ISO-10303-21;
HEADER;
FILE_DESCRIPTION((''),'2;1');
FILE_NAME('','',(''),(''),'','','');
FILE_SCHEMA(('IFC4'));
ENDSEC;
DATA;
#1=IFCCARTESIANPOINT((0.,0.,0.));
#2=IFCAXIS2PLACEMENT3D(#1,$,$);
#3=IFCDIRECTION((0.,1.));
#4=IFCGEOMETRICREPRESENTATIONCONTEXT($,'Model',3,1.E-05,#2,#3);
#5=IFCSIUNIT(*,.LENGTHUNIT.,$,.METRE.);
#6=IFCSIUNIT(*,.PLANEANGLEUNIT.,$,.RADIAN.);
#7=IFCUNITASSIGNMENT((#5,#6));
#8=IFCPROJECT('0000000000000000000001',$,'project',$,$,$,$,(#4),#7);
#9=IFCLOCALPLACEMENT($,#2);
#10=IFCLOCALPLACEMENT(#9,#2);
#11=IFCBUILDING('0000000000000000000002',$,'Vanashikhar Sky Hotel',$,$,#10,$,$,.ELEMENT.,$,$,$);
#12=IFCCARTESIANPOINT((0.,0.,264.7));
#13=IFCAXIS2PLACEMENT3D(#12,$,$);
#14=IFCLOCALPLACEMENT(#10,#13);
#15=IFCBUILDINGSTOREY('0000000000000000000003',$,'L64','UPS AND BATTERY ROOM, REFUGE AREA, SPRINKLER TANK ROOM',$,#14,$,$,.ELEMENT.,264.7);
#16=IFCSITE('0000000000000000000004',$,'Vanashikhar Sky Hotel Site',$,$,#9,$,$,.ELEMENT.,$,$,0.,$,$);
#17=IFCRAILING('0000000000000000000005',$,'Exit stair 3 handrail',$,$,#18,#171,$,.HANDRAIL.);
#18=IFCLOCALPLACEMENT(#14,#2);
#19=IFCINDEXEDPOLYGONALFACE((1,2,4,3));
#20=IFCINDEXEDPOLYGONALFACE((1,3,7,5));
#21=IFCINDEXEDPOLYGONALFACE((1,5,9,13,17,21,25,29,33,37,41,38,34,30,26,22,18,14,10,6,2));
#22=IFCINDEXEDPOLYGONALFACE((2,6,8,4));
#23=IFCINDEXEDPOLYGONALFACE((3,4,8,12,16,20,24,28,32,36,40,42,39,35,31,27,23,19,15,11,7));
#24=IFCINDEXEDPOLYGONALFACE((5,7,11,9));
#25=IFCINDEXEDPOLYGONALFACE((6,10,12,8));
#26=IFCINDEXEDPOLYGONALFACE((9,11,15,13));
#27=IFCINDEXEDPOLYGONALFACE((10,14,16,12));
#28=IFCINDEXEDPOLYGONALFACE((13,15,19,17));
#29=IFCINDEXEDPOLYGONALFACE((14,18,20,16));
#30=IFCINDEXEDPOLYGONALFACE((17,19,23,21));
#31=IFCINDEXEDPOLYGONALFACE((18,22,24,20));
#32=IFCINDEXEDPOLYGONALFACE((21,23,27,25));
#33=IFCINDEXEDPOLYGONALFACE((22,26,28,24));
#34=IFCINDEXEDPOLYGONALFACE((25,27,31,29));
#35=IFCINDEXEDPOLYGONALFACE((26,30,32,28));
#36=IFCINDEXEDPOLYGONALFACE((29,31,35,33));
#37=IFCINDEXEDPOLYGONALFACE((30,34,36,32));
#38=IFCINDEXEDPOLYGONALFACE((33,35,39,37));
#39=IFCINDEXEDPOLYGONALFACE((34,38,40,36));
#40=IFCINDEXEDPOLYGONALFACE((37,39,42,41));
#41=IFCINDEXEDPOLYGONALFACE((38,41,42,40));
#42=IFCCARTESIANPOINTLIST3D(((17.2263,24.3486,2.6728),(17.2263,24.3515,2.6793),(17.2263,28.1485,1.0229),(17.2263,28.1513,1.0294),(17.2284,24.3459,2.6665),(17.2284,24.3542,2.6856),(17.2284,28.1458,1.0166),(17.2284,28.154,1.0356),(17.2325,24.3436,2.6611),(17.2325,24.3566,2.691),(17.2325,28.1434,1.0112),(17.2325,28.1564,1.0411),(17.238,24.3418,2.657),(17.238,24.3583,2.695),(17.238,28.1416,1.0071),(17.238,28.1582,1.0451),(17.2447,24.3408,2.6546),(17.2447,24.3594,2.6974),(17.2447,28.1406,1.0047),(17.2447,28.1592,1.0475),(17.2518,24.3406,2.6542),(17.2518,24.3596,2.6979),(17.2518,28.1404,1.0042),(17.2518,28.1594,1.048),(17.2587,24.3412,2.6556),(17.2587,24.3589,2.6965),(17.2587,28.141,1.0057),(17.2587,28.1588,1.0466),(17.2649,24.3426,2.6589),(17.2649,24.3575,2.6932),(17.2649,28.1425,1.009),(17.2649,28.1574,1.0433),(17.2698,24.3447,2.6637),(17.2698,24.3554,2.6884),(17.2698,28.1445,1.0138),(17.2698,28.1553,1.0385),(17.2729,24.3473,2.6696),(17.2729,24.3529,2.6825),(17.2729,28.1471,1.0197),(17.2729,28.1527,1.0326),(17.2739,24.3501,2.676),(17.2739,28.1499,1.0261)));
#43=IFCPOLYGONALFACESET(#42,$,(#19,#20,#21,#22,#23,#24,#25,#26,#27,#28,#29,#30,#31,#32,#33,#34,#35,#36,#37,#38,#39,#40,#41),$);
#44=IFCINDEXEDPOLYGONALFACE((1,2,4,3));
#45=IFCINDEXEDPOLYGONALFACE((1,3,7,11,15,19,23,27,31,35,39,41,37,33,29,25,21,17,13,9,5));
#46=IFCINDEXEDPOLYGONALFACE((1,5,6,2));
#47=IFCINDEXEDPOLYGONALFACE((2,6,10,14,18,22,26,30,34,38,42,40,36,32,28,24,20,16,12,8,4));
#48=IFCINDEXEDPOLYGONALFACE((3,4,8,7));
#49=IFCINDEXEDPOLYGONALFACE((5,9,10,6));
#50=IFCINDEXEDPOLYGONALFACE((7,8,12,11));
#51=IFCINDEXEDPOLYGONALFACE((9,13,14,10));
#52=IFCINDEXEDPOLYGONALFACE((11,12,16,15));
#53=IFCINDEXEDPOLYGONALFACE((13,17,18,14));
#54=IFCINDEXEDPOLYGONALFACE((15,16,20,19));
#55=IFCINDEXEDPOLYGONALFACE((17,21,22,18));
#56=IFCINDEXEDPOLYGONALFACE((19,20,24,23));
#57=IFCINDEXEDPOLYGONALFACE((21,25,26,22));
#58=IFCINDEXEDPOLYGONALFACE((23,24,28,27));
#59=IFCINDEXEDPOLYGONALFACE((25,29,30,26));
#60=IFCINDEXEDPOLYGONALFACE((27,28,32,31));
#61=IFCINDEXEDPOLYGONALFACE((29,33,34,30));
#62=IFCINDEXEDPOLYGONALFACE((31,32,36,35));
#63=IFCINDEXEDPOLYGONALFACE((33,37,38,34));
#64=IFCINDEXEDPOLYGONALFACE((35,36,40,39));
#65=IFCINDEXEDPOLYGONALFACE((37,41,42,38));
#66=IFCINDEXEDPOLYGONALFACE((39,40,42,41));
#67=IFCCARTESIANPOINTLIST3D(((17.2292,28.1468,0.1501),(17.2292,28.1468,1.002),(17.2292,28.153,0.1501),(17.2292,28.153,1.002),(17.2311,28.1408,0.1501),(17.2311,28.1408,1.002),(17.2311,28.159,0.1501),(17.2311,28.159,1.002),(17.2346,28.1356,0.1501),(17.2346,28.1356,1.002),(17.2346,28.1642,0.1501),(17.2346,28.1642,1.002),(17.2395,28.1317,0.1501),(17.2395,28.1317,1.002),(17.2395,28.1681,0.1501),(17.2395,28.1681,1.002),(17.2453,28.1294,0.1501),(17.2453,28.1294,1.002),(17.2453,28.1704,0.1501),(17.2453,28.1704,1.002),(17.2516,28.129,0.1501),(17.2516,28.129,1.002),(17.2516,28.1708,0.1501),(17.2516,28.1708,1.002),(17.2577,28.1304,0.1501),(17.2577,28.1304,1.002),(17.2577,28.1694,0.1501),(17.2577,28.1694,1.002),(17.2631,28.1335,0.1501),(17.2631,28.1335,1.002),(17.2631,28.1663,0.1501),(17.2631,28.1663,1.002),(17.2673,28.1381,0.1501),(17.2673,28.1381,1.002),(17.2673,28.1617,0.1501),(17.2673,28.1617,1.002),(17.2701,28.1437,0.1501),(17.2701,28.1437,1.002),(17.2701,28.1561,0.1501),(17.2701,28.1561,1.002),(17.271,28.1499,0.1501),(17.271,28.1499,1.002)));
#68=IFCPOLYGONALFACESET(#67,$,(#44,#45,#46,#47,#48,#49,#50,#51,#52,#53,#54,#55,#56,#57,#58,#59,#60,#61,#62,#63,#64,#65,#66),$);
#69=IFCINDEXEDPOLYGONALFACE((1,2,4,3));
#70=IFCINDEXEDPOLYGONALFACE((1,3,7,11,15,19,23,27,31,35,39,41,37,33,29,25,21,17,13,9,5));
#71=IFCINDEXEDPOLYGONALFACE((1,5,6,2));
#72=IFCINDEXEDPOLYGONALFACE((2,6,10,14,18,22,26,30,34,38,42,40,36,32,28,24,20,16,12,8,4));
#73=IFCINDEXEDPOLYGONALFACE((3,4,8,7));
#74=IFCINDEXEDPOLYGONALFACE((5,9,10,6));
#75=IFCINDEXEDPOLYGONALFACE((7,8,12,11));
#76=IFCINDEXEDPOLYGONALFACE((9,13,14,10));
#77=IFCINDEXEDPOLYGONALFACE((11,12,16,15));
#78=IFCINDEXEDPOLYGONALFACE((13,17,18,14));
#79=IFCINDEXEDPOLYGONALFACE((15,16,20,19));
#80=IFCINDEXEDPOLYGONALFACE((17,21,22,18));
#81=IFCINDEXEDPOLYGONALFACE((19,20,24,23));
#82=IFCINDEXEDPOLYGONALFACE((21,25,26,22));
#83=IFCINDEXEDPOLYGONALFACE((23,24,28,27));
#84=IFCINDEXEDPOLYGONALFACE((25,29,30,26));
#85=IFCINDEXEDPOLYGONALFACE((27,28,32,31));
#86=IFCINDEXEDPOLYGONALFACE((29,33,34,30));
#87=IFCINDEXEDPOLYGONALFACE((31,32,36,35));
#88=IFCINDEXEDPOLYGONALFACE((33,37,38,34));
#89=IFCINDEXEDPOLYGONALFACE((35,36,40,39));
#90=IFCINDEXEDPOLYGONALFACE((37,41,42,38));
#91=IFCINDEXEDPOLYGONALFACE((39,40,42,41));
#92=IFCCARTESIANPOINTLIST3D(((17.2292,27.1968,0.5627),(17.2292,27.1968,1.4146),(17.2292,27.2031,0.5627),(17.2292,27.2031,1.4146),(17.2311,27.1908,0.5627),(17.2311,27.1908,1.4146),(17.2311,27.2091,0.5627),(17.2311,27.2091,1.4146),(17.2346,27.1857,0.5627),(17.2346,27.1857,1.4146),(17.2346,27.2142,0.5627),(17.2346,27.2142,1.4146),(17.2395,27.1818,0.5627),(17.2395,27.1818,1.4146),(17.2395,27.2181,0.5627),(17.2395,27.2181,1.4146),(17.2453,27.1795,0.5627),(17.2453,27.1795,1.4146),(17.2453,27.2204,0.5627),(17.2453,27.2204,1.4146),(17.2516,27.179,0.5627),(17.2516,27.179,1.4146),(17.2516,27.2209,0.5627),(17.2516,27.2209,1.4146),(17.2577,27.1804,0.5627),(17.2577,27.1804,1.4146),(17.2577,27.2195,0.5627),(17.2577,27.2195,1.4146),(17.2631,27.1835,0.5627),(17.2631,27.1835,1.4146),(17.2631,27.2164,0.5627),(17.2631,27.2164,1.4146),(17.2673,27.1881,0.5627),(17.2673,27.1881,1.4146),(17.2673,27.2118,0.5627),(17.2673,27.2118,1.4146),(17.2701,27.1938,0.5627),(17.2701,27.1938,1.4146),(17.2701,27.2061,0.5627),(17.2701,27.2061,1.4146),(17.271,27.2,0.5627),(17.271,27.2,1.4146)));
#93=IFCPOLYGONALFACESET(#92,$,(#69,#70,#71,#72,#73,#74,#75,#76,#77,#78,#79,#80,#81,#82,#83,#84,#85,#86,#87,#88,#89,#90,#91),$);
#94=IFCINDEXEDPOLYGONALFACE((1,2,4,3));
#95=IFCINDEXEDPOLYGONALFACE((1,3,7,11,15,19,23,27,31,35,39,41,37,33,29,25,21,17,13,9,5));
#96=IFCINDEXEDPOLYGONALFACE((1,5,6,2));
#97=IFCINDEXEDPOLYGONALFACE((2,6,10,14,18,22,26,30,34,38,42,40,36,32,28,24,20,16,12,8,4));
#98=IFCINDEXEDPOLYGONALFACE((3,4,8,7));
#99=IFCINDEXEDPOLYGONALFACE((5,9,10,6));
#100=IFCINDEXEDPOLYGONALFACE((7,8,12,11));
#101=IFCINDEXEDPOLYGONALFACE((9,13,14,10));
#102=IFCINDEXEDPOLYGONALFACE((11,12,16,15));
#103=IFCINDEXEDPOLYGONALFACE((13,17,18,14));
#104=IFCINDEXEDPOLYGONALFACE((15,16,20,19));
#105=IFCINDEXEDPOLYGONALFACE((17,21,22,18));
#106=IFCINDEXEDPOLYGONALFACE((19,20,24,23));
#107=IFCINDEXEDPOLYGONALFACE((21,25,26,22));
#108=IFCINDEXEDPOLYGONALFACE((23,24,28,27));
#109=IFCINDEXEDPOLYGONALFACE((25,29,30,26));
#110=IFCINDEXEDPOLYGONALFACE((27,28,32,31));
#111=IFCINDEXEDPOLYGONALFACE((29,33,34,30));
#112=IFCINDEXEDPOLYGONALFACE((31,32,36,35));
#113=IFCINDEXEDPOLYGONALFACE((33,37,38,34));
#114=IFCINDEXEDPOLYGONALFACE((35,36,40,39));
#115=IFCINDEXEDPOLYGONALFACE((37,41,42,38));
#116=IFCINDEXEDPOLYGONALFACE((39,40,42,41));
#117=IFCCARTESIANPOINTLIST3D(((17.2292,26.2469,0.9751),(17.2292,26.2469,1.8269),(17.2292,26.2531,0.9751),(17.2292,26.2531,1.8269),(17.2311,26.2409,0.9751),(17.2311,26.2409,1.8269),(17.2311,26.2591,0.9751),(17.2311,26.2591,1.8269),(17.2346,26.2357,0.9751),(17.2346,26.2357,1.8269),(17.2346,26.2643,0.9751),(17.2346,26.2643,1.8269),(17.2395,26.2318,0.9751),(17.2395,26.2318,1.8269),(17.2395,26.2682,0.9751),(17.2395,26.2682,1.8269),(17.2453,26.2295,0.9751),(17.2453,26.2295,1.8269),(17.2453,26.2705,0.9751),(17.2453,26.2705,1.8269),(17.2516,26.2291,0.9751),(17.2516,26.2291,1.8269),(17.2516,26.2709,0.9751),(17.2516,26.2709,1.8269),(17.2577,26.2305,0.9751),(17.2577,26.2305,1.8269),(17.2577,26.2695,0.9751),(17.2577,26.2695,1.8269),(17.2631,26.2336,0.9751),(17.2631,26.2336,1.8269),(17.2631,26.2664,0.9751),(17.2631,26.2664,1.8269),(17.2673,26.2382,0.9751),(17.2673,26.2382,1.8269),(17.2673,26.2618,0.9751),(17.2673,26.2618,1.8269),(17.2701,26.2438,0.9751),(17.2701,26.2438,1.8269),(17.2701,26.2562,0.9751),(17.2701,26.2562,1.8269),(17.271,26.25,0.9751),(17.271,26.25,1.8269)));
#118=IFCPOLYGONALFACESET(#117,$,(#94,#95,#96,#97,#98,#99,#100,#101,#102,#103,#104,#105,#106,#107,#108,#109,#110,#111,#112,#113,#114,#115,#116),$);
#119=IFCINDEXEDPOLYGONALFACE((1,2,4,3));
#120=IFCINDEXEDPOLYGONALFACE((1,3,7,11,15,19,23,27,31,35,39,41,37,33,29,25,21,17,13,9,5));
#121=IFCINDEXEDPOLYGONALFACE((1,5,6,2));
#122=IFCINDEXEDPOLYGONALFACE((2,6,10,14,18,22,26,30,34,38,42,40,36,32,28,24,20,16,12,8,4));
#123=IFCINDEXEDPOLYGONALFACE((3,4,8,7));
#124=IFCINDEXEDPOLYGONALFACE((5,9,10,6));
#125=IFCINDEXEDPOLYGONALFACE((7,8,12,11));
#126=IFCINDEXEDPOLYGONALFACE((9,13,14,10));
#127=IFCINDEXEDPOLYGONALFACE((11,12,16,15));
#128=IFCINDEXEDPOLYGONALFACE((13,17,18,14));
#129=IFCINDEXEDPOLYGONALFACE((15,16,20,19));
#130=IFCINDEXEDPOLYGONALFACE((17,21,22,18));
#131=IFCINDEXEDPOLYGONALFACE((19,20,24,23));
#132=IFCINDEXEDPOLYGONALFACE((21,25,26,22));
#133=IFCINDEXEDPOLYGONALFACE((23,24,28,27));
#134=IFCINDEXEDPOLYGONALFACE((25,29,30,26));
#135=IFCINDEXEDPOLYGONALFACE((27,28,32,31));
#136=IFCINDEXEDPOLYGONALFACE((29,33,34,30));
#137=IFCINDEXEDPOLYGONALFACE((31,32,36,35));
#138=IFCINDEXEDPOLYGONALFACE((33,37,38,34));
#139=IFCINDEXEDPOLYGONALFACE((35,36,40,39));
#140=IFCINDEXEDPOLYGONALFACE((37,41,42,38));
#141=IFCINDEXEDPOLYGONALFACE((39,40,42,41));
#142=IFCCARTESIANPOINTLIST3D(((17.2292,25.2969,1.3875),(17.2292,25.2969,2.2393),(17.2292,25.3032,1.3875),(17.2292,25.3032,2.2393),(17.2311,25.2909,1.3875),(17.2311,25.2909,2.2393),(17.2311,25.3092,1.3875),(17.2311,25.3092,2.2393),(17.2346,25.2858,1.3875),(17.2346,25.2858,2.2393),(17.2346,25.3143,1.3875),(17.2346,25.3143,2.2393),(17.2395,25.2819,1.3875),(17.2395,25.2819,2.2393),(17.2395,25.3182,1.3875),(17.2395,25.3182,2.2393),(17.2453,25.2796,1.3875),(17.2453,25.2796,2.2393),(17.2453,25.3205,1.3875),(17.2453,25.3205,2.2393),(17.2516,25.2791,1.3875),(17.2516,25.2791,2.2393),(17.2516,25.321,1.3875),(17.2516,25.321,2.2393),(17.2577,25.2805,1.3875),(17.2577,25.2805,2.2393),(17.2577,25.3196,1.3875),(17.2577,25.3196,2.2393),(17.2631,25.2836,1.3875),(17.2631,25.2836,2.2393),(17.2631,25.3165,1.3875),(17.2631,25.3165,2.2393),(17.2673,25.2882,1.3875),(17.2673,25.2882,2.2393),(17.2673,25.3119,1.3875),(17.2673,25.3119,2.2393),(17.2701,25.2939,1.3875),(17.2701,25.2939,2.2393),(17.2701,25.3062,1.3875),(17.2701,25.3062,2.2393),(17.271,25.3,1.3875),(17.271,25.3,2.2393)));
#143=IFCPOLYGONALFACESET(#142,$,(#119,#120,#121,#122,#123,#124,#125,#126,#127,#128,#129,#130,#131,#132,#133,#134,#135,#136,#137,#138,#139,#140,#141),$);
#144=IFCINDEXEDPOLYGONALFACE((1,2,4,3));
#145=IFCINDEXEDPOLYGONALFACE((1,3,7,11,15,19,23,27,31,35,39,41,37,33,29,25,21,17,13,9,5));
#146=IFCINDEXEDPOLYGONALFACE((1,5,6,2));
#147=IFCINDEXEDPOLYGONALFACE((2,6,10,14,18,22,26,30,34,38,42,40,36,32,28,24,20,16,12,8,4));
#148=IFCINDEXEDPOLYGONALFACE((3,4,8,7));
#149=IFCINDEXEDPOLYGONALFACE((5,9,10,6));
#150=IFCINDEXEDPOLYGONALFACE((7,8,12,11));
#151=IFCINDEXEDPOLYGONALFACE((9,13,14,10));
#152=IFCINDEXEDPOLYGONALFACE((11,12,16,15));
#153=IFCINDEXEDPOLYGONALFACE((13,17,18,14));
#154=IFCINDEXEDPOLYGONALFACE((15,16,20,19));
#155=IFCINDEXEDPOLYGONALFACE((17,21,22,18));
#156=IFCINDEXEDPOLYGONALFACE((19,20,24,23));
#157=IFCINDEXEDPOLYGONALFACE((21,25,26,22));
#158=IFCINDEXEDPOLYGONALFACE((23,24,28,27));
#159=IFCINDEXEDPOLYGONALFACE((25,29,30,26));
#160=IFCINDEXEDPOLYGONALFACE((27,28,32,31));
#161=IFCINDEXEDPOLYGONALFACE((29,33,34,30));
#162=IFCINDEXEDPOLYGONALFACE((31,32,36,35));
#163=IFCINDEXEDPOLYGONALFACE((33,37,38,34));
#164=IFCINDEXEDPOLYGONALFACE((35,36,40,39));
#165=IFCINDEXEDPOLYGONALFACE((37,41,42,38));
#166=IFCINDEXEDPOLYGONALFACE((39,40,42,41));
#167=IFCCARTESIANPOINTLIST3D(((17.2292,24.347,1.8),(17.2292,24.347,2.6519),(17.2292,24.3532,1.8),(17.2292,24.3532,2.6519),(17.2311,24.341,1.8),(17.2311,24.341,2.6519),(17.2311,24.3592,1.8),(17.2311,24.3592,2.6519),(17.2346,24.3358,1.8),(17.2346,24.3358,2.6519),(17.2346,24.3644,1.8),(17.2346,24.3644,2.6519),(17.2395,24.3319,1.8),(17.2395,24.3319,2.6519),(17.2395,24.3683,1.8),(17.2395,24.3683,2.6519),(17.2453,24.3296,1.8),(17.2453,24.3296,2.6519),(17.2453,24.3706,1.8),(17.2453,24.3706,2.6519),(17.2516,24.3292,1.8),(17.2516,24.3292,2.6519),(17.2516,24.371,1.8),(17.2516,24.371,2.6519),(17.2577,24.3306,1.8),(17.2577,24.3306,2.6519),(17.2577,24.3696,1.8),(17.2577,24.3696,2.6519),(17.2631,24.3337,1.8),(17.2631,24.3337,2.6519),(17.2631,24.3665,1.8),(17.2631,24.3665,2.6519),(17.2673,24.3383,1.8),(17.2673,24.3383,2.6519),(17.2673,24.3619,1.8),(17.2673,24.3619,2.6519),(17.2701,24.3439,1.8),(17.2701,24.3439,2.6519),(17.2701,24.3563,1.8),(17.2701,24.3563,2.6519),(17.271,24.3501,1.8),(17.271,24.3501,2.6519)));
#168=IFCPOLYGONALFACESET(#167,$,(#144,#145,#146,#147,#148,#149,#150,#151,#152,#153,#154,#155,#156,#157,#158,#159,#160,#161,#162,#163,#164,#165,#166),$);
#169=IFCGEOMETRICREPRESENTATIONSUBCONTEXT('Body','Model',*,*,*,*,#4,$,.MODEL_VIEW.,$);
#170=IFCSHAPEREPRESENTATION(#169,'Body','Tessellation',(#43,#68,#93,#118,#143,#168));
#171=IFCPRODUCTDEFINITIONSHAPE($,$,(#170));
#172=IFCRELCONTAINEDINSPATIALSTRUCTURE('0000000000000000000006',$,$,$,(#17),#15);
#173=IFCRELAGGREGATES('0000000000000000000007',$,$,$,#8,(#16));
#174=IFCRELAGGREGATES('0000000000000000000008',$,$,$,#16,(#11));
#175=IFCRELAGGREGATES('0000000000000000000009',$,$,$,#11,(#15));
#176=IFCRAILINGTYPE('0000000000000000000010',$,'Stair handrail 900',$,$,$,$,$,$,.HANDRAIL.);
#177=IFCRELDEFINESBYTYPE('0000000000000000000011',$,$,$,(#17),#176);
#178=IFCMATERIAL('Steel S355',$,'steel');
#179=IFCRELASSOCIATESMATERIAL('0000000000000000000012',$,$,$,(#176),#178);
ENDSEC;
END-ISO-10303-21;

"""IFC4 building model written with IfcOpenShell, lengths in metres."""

from ifc_helpers import new_model, si_unit, direction, frame, origin, origin_2d, place, context, subcontext, project, spatial, circle, extrude, source, transform, mapped, material, type_object, element, save


model = new_model("IFC4")

# Units and contexts
model_context = context("Model", 3, precision=1e-05, world=origin(), true_north=direction((0.0, 1.0)))
body_context = subcontext(model_context, "Body", "Model", "MODEL_VIEW")
ifc_project = project(units=[si_unit("LENGTHUNIT", "METRE"), si_unit("PLANEANGLEUNIT", "RADIAN")], contexts=[model_context])

# Site, building, storey
site_placement = place(None, origin())
site = spatial("IfcSite", under=ifc_project, at=site_placement, Name="Vanashikhar Sky Hotel Site", CompositionType="ELEMENT", RefElevation=0.0)
building_placement = place(site_placement, origin())
building = spatial("IfcBuilding", under=site, at=building_placement, Name="Vanashikhar Sky Hotel", CompositionType="ELEMENT")
storey_placement = place(building_placement, frame((0.0, 0.0, 264.7)))
storey = spatial("IfcBuildingStorey", under=building, at=storey_placement, Name="L64", Description="UPS AND BATTERY ROOM, REFUGE AREA, SPRINKLER TANK ROOM", CompositionType="ELEMENT", Elevation=264.7)

# Railing
ifc_material_1 = material(Name="Steel S355", Category="steel")
railing_type = type_object("IfcRailingType", Name="Stair handrail 900", PredefinedType="HANDRAIL", material=ifc_material_1)
shared_shape_1 = source(origin(), body_context, "Body", "SweptSolid", [
    extrude(circle(Radius=0.0239, at=origin_2d()), frame((0.0, 0.0, 0.876), z_axis=(0.0, -0.917263, 0.398282), x_axis=(1.0, 0.0, 0.0)), (0.0, 0.0, 1.0), 4.1426),
    extrude(circle(Radius=0.021, at=origin_2d()), origin(), (0.0, 0.0, 1.0), 0.8518),
    extrude(circle(Radius=0.021, at=origin_2d()), frame((0.0, -0.95, 0.4126)), (0.0, 0.0, 1.0), 0.8518),
    extrude(circle(Radius=0.021, at=origin_2d()), frame((0.0, -1.8999, 0.825)), (0.0, 0.0, 1.0), 0.8518),
    extrude(circle(Radius=0.021, at=origin_2d()), frame((0.0, -2.8499, 1.2373)), (0.0, 0.0, 1.0), 0.8518),
    extrude(circle(Radius=0.021, at=origin_2d()), frame((0.0, -3.7998, 1.6499)), (0.0, 0.0, 1.0), 0.8518),
])
railing_1_placement = place(storey_placement, frame((17.25, 28.1499, 0.1501)))
element("IfcRailing", 1, at=railing_1_placement, inside=storey, type_object=railing_type, Name="Exit stair 3 handrail", PredefinedType="HANDRAIL", context=body_context, shape_type="MappedRepresentation", body=[
    mapped(shared_shape_1, transform((0.0, 0.0, 0.0), scale=1.0)),
])

save(model, "model.ifc")
